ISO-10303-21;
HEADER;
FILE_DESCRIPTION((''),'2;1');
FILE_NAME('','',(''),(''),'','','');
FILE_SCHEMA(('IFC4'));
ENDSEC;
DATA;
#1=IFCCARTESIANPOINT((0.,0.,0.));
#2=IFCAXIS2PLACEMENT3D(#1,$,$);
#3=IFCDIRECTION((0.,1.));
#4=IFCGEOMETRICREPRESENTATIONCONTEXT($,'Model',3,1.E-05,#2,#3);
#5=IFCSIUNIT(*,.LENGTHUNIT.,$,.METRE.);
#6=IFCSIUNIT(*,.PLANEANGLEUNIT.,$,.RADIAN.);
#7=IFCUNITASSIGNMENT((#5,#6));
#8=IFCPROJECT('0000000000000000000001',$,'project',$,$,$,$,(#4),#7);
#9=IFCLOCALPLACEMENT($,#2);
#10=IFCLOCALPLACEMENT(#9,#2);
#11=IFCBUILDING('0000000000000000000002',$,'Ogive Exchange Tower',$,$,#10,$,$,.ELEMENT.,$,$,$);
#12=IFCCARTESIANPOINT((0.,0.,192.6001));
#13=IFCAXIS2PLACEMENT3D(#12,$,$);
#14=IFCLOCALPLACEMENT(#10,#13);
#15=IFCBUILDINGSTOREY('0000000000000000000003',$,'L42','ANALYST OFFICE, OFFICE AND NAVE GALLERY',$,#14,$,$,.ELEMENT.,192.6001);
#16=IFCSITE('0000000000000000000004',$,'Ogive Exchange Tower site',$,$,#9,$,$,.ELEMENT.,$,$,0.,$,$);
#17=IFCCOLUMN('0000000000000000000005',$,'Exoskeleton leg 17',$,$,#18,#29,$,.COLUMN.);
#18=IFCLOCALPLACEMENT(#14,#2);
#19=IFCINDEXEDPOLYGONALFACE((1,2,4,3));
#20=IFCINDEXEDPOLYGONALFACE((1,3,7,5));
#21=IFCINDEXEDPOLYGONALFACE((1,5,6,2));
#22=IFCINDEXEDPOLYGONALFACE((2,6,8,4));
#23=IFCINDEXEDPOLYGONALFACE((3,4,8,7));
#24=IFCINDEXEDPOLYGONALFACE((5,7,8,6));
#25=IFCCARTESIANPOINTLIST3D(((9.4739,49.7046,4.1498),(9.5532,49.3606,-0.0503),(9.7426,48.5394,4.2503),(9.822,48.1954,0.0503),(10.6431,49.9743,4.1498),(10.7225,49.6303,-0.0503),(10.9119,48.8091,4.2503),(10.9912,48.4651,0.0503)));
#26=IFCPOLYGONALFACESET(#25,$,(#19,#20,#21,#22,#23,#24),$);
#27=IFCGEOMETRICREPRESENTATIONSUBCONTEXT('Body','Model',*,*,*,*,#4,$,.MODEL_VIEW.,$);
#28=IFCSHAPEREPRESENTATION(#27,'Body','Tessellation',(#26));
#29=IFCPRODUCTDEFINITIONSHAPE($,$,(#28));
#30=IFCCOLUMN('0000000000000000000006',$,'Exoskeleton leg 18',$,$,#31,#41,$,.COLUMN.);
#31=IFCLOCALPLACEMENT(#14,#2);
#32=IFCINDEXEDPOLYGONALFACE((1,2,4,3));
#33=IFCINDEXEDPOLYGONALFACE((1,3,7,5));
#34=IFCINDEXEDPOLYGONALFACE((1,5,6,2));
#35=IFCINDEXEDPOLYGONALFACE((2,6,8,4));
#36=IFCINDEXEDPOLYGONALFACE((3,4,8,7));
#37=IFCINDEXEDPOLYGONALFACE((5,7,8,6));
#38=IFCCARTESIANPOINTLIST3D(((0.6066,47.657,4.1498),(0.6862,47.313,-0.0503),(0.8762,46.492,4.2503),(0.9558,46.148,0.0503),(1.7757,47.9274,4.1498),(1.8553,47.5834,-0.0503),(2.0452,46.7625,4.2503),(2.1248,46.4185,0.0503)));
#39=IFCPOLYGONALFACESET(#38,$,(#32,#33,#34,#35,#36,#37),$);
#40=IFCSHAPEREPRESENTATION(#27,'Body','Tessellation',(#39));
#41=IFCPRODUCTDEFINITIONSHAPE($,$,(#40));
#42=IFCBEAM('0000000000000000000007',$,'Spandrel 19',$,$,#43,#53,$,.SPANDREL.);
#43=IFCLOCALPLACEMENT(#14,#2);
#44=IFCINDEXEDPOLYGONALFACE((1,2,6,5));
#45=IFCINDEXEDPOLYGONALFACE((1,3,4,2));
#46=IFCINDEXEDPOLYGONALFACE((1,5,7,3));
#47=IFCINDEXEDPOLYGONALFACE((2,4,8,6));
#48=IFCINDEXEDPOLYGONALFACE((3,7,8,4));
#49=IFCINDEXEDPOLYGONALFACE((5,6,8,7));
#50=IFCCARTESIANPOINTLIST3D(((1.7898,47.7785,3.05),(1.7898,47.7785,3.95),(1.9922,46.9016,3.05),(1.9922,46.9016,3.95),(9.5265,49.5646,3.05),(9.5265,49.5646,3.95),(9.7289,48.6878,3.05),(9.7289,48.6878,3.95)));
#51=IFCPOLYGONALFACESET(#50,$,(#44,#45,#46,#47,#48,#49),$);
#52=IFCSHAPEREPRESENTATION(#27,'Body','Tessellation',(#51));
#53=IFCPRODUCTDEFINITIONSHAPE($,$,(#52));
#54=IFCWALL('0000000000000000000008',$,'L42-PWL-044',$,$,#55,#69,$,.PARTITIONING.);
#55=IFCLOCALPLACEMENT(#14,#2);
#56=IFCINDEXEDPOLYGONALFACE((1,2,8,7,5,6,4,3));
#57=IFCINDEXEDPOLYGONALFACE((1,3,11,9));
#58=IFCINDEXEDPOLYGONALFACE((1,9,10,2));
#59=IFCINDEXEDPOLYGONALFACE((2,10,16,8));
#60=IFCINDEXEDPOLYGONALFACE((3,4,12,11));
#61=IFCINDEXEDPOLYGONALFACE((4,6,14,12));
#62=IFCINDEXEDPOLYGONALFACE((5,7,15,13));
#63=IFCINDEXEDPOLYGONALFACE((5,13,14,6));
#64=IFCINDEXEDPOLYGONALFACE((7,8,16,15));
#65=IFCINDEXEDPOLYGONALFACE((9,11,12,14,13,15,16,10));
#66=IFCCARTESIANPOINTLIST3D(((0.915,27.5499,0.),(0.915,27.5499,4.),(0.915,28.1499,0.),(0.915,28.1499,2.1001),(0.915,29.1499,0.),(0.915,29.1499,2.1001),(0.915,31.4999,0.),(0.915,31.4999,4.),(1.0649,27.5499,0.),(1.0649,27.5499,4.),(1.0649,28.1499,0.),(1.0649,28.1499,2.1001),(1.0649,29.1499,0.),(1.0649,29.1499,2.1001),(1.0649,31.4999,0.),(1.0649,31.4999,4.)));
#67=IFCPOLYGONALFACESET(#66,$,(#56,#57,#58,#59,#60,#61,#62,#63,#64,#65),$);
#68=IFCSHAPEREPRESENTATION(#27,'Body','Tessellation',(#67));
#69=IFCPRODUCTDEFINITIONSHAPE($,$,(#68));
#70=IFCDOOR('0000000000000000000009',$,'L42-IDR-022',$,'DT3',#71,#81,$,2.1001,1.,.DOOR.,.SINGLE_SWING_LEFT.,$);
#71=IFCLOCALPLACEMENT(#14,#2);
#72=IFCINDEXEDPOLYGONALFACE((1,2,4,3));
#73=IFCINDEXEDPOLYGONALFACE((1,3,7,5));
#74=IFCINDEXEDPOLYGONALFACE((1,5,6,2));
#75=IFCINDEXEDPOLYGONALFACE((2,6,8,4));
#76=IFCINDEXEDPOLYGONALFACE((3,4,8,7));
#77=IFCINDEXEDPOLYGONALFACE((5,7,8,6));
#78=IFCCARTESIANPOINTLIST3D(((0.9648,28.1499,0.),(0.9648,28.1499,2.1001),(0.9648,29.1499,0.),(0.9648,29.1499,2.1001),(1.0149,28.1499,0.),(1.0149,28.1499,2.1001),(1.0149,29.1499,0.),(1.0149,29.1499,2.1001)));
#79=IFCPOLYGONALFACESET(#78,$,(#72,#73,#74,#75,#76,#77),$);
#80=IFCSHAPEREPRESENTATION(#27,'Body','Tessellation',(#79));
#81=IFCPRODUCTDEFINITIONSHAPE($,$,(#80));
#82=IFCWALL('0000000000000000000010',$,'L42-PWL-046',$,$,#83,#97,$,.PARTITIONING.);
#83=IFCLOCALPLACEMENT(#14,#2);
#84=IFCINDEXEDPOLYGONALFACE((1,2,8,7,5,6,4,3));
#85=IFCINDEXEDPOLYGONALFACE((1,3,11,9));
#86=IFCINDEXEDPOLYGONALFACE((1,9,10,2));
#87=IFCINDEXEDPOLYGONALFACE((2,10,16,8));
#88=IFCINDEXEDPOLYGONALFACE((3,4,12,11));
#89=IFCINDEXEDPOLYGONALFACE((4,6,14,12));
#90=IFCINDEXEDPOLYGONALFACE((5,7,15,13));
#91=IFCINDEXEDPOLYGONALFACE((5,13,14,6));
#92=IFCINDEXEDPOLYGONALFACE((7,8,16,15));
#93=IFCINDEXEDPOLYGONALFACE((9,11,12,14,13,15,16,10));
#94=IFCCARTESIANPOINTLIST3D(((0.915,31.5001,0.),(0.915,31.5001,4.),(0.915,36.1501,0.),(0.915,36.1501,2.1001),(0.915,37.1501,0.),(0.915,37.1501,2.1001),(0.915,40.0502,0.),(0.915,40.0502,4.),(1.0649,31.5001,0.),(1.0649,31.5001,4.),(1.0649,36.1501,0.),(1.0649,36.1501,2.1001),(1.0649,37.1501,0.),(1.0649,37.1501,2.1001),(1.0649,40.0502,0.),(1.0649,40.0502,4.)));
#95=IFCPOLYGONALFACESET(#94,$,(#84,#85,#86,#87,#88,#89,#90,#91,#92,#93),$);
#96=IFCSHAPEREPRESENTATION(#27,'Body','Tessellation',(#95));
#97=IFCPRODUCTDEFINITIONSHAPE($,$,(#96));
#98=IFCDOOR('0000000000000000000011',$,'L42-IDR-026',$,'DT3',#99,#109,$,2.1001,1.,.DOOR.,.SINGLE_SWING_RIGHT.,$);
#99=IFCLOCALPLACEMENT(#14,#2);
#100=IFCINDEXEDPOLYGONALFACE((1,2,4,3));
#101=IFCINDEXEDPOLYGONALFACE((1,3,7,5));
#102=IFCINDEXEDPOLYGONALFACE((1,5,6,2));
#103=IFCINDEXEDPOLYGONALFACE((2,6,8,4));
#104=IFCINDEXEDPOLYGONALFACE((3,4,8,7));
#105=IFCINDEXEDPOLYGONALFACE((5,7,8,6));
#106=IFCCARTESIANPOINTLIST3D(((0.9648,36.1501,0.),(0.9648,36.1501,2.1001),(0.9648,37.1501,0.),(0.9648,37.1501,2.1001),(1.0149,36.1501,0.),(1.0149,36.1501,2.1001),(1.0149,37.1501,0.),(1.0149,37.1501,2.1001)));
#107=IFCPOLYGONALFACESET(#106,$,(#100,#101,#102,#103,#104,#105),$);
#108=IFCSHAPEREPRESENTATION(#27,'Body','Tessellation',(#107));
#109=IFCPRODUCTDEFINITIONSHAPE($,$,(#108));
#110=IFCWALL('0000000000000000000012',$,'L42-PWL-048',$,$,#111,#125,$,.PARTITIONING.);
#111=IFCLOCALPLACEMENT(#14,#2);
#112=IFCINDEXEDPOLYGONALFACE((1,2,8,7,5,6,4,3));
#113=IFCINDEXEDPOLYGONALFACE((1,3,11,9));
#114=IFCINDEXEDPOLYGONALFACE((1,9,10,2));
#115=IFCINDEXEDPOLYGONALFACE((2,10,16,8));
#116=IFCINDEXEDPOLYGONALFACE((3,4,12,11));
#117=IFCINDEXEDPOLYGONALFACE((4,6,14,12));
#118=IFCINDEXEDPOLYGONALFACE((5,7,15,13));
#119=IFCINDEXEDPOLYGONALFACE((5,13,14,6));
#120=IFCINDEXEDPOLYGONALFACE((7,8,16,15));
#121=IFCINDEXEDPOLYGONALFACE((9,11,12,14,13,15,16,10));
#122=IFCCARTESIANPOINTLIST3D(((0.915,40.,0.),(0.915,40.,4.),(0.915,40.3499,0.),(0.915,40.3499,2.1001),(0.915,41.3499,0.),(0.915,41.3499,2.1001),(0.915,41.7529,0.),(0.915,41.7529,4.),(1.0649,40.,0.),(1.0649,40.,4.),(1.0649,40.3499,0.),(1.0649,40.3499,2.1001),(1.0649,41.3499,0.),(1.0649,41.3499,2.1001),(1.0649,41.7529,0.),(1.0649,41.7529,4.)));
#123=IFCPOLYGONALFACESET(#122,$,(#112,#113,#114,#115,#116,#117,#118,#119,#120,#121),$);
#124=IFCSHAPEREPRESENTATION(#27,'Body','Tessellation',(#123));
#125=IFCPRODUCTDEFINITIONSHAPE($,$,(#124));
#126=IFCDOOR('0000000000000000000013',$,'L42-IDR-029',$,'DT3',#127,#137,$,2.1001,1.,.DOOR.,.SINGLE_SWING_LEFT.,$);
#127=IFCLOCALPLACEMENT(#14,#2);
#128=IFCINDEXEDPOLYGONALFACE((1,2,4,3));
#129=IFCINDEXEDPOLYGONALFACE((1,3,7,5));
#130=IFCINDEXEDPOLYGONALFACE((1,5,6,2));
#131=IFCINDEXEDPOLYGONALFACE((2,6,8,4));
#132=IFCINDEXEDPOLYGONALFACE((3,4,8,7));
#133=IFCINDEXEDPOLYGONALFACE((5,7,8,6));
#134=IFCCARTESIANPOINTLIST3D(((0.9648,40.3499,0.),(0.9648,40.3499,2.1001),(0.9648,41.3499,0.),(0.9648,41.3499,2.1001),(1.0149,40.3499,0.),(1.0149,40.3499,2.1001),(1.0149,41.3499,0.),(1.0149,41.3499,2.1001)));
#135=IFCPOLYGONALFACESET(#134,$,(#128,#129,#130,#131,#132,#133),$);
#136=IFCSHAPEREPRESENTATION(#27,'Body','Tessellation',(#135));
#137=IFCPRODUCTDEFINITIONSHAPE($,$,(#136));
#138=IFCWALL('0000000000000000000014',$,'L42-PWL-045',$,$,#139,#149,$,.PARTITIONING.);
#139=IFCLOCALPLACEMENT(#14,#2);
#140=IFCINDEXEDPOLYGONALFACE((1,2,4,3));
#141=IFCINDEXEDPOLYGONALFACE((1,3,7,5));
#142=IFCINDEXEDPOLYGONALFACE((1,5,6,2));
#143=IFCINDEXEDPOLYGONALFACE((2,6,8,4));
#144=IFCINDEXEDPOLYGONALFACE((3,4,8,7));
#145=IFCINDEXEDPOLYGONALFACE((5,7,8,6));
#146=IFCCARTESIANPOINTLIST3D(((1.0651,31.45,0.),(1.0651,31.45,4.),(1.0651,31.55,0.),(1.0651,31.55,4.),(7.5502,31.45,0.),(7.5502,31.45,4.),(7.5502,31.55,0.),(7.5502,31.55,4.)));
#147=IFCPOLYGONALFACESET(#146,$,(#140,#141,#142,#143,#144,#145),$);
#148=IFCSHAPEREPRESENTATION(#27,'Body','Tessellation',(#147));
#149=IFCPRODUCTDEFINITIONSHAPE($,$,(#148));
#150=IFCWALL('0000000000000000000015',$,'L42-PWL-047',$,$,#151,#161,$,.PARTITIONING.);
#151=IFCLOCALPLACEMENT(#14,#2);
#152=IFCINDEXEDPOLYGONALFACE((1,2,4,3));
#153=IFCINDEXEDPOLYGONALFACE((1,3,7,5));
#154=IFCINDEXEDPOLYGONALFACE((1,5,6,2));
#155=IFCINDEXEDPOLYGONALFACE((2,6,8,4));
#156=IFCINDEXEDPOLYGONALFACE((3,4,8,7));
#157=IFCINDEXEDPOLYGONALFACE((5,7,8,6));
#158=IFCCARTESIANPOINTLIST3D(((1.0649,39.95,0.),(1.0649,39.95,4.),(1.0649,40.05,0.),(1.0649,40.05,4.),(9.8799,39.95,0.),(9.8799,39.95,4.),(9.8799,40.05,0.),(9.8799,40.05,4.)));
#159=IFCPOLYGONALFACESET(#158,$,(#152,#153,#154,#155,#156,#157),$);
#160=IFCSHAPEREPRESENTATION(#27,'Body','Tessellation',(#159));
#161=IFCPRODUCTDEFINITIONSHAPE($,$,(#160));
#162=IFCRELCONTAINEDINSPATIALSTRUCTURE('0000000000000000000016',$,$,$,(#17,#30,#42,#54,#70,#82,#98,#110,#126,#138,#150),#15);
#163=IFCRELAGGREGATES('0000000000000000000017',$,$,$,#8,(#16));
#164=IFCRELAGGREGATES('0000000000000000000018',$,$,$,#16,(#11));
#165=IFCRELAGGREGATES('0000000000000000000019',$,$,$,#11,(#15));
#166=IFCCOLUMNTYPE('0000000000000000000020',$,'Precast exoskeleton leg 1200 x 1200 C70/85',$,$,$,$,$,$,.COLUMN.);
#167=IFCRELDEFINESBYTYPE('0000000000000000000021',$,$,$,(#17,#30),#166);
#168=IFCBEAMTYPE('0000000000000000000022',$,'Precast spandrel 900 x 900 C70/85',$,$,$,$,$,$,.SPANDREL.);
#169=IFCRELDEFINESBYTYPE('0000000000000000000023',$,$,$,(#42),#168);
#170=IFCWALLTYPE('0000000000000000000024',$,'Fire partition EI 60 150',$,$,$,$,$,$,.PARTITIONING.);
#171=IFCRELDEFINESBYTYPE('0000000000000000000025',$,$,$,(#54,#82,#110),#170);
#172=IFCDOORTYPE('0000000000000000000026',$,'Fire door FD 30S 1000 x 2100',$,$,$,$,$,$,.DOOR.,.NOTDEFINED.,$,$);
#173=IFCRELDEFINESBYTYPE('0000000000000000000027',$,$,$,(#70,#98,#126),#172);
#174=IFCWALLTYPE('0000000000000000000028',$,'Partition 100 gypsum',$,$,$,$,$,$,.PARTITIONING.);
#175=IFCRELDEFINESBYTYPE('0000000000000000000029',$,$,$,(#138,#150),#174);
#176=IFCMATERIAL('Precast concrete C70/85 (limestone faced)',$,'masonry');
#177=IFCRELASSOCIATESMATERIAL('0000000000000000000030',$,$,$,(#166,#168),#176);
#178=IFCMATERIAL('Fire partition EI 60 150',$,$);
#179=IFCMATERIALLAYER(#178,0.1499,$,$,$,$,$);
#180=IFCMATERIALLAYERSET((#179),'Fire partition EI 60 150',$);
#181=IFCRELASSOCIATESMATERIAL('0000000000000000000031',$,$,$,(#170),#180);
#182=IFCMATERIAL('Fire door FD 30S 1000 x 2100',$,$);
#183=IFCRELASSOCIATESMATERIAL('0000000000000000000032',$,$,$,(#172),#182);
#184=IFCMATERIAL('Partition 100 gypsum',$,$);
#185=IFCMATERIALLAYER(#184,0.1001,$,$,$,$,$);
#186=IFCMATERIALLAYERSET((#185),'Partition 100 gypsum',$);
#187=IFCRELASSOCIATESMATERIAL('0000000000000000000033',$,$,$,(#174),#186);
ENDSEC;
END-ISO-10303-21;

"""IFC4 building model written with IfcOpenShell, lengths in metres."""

from ifc_helpers import new_model, si_unit, direction, frame, frame_2d, origin, origin_2d, place, context, subcontext, project, spatial, rectangle, extrude, material, layer, layer_set, material_profile, profile_set, type_object, element, fill, save


model = new_model("IFC4")

# Units and contexts
model_context = context("Model", 3, precision=1e-05, world=origin(), true_north=direction((0.0, 1.0)))
body_context = subcontext(model_context, "Body", "Model", "MODEL_VIEW")
ifc_project = project(units=[si_unit("LENGTHUNIT", "METRE"), si_unit("PLANEANGLEUNIT", "RADIAN")], contexts=[model_context])

# Site, building, storey
site_placement = place(None, origin())
site = spatial("IfcSite", under=ifc_project, at=site_placement, Name="Ogive Exchange Tower site", CompositionType="ELEMENT", RefElevation=0.0)
building_placement = place(site_placement, origin())
building = spatial("IfcBuilding", under=site, at=building_placement, Name="Ogive Exchange Tower", CompositionType="ELEMENT")
storey_placement = place(building_placement, frame((0.0, 0.0, 192.6001)))
storey = spatial("IfcBuildingStorey", under=building, at=storey_placement, Name="L42", Description="ANALYST OFFICE, OFFICE AND NAVE GALLERY", CompositionType="ELEMENT", Elevation=192.6001)

# Columns
ifc_material_1 = material(Name="Precast concrete C70/85 (limestone faced)", Category="masonry")
ifc_material_profile_1 = material_profile(ifc_material_1, rectangle(XDim=1.2, YDim=1.2, at=origin_2d()), Name="1200 x 1200")
ifc_profile_set_1 = profile_set([ifc_material_profile_1], Name="Precast concrete C70/85 (limestone faced)")
column_type = type_object("IfcColumnType", Name="Precast exoskeleton leg 1200 x 1200 C70/85", PredefinedType="COLUMN", material=ifc_profile_set_1)
for number, where, z_axis, x_axis, name in (
    (1, (10.2722, 48.9128, 0.0), (-0.018826, 0.081617, 0.996486), (-0.974415, -0.224758, 0.0), "Exoskeleton leg 17"),
    (2, (1.4055, 46.8657, 0.0), (-0.018884, 0.081616, 0.996485), (-0.974263, -0.225415, 0.0), "Exoskeleton leg 18"),
):
    element("IfcColumn", number, at=place(storey_placement, frame(where, z_axis=z_axis, x_axis=x_axis)), inside=storey, type_object=column_type, Name=name, PredefinedType="COLUMN", context=body_context, shape_type="SweptSolid", body=[
        extrude(rectangle(XDim=1.2, YDim=1.2, at=origin_2d()), origin(), (0.0, 0.0, 1.0), 4.2148),
    ])

# Beam
ifc_material_profile_2 = material_profile(ifc_material_1, rectangle(XDim=0.8999, YDim=0.8999, at=origin_2d()), Name="900 x 900")
ifc_profile_set_2 = profile_set([ifc_material_profile_2], Name="Precast concrete C70/85 (limestone faced)")
beam_type = type_object("IfcBeamType", Name="Precast spandrel 900 x 900 C70/85", PredefinedType="SPANDREL", material=ifc_profile_set_2)
beam_placement = place(storey_placement, frame((9.6277, 49.1262, 3.5), z_axis=(-0.97437, -0.224952, 0.0), x_axis=(0.224952, -0.97437, 0.0)))
element("IfcBeam", 3, at=beam_placement, inside=storey, type_object=beam_type, Name="Spandrel 19", PredefinedType="SPANDREL", context=body_context, shape_type="SweptSolid", body=[
    extrude(rectangle(XDim=0.8999, YDim=0.8999, at=origin_2d()), origin(), (0.0, 0.0, 1.0), 7.9402),
])

# Walls, openings, doors
ifc_material_2 = material(Name="Fire partition EI 60 150")
ifc_layer_1 = layer(ifc_material_2, 0.1499)
ifc_layer_set_1 = layer_set([ifc_layer_1], Name="Fire partition EI 60 150")
wall_type_1 = type_object("IfcWallType", Name="Fire partition EI 60 150", PredefinedType="PARTITIONING", material=ifc_layer_set_1)
wall_1_placement = place(storey_placement, frame((0.99, 31.5, 0.0), z_axis=(0.0, 0.0, 1.0), x_axis=(0.0, -1.0, 0.0)))
wall_1 = element("IfcWall", 4, at=wall_1_placement, inside=storey, type_object=wall_type_1, Name="L42-PWL-044", PredefinedType="PARTITIONING", context=body_context, shape_type="SweptSolid", body=[
    extrude(rectangle(XDim=3.95, YDim=0.1499, at=frame_2d((1.9751, 0.0))), origin(), (0.0, 0.0, 1.0), 4.0),
])
opening_1_placement = place(wall_1_placement, frame((2.3501, 0.0, 0.0)))
opening_1 = element("IfcOpeningElement", 5, at=opening_1_placement, cuts=wall_1, PredefinedType="OPENING", context=body_context, shape_type="SweptSolid", body=[
    extrude(rectangle(XDim=1.0, YDim=2.1001, at=frame_2d((0.5, 1.05))), frame((0.0, 0.085, 0.0), z_axis=(0.0, -1.0, 0.0), x_axis=(1.0, 0.0, 0.0)), (0.0, 0.0, 1.0), 0.1699),
])
ifc_material_3 = material(Name="Fire door FD 30S 1000 x 2100")
door_type_1 = type_object("IfcDoorType", Name="Fire door FD 30S 1000 x 2100", OperationType="NOTDEFINED", PredefinedType="DOOR", material=ifc_material_3)
door_1_placement = place(opening_1_placement, origin())
door_1 = element("IfcDoor", 6, at=door_1_placement, inside=storey, type_object=door_type_1, Name="L42-IDR-022", ObjectType="DT3", OperationType="SINGLE_SWING_LEFT", OverallHeight=2.1001, OverallWidth=1.0, PredefinedType="DOOR", context=body_context, shape_type="SweptSolid", body=[
    extrude(rectangle(XDim=1.0, YDim=2.1001, at=frame_2d((0.5, 1.05))), frame((0.0, 0.0249, 0.0), z_axis=(0.0, -1.0, 0.0), x_axis=(1.0, 0.0, 0.0)), (0.0, 0.0, 1.0), 0.05),
])
fill(opening_1, door_1)
wall_2_placement = place(storey_placement, frame((0.99, 40.05, 0.0), z_axis=(0.0, 0.0, 1.0), x_axis=(0.0, -1.0, 0.0)))
wall_2 = element("IfcWall", 7, at=wall_2_placement, inside=storey, type_object=wall_type_1, Name="L42-PWL-046", PredefinedType="PARTITIONING", context=body_context, shape_type="SweptSolid", body=[
    extrude(rectangle(XDim=8.55, YDim=0.1499, at=frame_2d((4.2749, 0.0))), origin(), (0.0, 0.0, 1.0), 4.0),
])
opening_2_placement = place(wall_2_placement, frame((2.8999, 0.0, 0.0)))
opening_2 = element("IfcOpeningElement", 8, at=opening_2_placement, cuts=wall_2, PredefinedType="OPENING", context=body_context, shape_type="SweptSolid", body=[
    extrude(rectangle(XDim=1.0, YDim=2.1001, at=frame_2d((0.5, 1.05))), frame((0.0, 0.085, 0.0), z_axis=(0.0, -1.0, 0.0), x_axis=(1.0, 0.0, 0.0)), (0.0, 0.0, 1.0), 0.1699),
])
door_2_placement = place(opening_2_placement, origin())
door_2 = element("IfcDoor", 9, at=door_2_placement, inside=storey, type_object=door_type_1, Name="L42-IDR-026", ObjectType="DT3", OperationType="SINGLE_SWING_RIGHT", OverallHeight=2.1001, OverallWidth=1.0, PredefinedType="DOOR", context=body_context, shape_type="SweptSolid", body=[
    extrude(rectangle(XDim=1.0, YDim=2.1001, at=frame_2d((0.5, 1.05))), frame((0.0, 0.0249, 0.0), z_axis=(0.0, -1.0, 0.0), x_axis=(1.0, 0.0, 0.0)), (0.0, 0.0, 1.0), 0.05),
])
fill(opening_2, door_2)
wall_3_placement = place(storey_placement, frame((0.99, 41.7529, 0.0), z_axis=(0.0, 0.0, 1.0), x_axis=(0.0, -1.0, 0.0)))
wall_3 = element("IfcWall", 10, at=wall_3_placement, inside=storey, type_object=wall_type_1, Name="L42-PWL-048", PredefinedType="PARTITIONING", context=body_context, shape_type="SweptSolid", body=[
    extrude(rectangle(XDim=1.7529, YDim=0.1499, at=frame_2d((0.8765, 0.0))), origin(), (0.0, 0.0, 1.0), 4.0),
])
opening_3_placement = place(wall_3_placement, frame((0.4031, 0.0, 0.0)))
opening_3 = element("IfcOpeningElement", 11, at=opening_3_placement, cuts=wall_3, PredefinedType="OPENING", context=body_context, shape_type="SweptSolid", body=[
    extrude(rectangle(XDim=1.0, YDim=2.1001, at=frame_2d((0.5, 1.05))), frame((0.0, 0.085, 0.0), z_axis=(0.0, -1.0, 0.0), x_axis=(1.0, 0.0, 0.0)), (0.0, 0.0, 1.0), 0.1699),
])
door_3_placement = place(opening_3_placement, origin())
door_3 = element("IfcDoor", 12, at=door_3_placement, inside=storey, type_object=door_type_1, Name="L42-IDR-029", ObjectType="DT3", OperationType="SINGLE_SWING_LEFT", OverallHeight=2.1001, OverallWidth=1.0, PredefinedType="DOOR", context=body_context, shape_type="SweptSolid", body=[
    extrude(rectangle(XDim=1.0, YDim=2.1001, at=frame_2d((0.5, 1.05))), frame((0.0, 0.0249, 0.0), z_axis=(0.0, -1.0, 0.0), x_axis=(1.0, 0.0, 0.0)), (0.0, 0.0, 1.0), 0.05),
])
fill(opening_3, door_3)

# Walls
ifc_material_4 = material(Name="Partition 100 gypsum")
ifc_layer_2 = layer(ifc_material_4, 0.1001)
ifc_layer_set_2 = layer_set([ifc_layer_2], Name="Partition 100 gypsum")
wall_type_2 = type_object("IfcWallType", Name="Partition 100 gypsum", PredefinedType="PARTITIONING", material=ifc_layer_set_2)
wall_4_placement = place(storey_placement, frame((1.0649, 31.5, 0.0), z_axis=(0.0, 0.0, 1.0), x_axis=(1.0, 0.0, 0.0)))
element("IfcWall", 13, at=wall_4_placement, inside=storey, type_object=wall_type_2, Name="L42-PWL-045", PredefinedType="PARTITIONING", context=body_context, shape_type="SweptSolid", body=[
    extrude(rectangle(XDim=6.4851, YDim=0.1001, at=frame_2d((3.2427, 0.0))), origin(), (0.0, 0.0, 1.0), 4.0),
])
wall_5_placement = place(storey_placement, frame((1.0649, 40.0, 0.0), z_axis=(0.0, 0.0, 1.0), x_axis=(1.0, 0.0, 0.0)))
element("IfcWall", 14, at=wall_5_placement, inside=storey, type_object=wall_type_2, Name="L42-PWL-047", PredefinedType="PARTITIONING", context=body_context, shape_type="SweptSolid", body=[
    extrude(rectangle(XDim=8.8149, YDim=0.1001, at=frame_2d((4.4075, 0.0))), origin(), (0.0, 0.0, 1.0), 4.0),
])

save(model, "model.ifc")
